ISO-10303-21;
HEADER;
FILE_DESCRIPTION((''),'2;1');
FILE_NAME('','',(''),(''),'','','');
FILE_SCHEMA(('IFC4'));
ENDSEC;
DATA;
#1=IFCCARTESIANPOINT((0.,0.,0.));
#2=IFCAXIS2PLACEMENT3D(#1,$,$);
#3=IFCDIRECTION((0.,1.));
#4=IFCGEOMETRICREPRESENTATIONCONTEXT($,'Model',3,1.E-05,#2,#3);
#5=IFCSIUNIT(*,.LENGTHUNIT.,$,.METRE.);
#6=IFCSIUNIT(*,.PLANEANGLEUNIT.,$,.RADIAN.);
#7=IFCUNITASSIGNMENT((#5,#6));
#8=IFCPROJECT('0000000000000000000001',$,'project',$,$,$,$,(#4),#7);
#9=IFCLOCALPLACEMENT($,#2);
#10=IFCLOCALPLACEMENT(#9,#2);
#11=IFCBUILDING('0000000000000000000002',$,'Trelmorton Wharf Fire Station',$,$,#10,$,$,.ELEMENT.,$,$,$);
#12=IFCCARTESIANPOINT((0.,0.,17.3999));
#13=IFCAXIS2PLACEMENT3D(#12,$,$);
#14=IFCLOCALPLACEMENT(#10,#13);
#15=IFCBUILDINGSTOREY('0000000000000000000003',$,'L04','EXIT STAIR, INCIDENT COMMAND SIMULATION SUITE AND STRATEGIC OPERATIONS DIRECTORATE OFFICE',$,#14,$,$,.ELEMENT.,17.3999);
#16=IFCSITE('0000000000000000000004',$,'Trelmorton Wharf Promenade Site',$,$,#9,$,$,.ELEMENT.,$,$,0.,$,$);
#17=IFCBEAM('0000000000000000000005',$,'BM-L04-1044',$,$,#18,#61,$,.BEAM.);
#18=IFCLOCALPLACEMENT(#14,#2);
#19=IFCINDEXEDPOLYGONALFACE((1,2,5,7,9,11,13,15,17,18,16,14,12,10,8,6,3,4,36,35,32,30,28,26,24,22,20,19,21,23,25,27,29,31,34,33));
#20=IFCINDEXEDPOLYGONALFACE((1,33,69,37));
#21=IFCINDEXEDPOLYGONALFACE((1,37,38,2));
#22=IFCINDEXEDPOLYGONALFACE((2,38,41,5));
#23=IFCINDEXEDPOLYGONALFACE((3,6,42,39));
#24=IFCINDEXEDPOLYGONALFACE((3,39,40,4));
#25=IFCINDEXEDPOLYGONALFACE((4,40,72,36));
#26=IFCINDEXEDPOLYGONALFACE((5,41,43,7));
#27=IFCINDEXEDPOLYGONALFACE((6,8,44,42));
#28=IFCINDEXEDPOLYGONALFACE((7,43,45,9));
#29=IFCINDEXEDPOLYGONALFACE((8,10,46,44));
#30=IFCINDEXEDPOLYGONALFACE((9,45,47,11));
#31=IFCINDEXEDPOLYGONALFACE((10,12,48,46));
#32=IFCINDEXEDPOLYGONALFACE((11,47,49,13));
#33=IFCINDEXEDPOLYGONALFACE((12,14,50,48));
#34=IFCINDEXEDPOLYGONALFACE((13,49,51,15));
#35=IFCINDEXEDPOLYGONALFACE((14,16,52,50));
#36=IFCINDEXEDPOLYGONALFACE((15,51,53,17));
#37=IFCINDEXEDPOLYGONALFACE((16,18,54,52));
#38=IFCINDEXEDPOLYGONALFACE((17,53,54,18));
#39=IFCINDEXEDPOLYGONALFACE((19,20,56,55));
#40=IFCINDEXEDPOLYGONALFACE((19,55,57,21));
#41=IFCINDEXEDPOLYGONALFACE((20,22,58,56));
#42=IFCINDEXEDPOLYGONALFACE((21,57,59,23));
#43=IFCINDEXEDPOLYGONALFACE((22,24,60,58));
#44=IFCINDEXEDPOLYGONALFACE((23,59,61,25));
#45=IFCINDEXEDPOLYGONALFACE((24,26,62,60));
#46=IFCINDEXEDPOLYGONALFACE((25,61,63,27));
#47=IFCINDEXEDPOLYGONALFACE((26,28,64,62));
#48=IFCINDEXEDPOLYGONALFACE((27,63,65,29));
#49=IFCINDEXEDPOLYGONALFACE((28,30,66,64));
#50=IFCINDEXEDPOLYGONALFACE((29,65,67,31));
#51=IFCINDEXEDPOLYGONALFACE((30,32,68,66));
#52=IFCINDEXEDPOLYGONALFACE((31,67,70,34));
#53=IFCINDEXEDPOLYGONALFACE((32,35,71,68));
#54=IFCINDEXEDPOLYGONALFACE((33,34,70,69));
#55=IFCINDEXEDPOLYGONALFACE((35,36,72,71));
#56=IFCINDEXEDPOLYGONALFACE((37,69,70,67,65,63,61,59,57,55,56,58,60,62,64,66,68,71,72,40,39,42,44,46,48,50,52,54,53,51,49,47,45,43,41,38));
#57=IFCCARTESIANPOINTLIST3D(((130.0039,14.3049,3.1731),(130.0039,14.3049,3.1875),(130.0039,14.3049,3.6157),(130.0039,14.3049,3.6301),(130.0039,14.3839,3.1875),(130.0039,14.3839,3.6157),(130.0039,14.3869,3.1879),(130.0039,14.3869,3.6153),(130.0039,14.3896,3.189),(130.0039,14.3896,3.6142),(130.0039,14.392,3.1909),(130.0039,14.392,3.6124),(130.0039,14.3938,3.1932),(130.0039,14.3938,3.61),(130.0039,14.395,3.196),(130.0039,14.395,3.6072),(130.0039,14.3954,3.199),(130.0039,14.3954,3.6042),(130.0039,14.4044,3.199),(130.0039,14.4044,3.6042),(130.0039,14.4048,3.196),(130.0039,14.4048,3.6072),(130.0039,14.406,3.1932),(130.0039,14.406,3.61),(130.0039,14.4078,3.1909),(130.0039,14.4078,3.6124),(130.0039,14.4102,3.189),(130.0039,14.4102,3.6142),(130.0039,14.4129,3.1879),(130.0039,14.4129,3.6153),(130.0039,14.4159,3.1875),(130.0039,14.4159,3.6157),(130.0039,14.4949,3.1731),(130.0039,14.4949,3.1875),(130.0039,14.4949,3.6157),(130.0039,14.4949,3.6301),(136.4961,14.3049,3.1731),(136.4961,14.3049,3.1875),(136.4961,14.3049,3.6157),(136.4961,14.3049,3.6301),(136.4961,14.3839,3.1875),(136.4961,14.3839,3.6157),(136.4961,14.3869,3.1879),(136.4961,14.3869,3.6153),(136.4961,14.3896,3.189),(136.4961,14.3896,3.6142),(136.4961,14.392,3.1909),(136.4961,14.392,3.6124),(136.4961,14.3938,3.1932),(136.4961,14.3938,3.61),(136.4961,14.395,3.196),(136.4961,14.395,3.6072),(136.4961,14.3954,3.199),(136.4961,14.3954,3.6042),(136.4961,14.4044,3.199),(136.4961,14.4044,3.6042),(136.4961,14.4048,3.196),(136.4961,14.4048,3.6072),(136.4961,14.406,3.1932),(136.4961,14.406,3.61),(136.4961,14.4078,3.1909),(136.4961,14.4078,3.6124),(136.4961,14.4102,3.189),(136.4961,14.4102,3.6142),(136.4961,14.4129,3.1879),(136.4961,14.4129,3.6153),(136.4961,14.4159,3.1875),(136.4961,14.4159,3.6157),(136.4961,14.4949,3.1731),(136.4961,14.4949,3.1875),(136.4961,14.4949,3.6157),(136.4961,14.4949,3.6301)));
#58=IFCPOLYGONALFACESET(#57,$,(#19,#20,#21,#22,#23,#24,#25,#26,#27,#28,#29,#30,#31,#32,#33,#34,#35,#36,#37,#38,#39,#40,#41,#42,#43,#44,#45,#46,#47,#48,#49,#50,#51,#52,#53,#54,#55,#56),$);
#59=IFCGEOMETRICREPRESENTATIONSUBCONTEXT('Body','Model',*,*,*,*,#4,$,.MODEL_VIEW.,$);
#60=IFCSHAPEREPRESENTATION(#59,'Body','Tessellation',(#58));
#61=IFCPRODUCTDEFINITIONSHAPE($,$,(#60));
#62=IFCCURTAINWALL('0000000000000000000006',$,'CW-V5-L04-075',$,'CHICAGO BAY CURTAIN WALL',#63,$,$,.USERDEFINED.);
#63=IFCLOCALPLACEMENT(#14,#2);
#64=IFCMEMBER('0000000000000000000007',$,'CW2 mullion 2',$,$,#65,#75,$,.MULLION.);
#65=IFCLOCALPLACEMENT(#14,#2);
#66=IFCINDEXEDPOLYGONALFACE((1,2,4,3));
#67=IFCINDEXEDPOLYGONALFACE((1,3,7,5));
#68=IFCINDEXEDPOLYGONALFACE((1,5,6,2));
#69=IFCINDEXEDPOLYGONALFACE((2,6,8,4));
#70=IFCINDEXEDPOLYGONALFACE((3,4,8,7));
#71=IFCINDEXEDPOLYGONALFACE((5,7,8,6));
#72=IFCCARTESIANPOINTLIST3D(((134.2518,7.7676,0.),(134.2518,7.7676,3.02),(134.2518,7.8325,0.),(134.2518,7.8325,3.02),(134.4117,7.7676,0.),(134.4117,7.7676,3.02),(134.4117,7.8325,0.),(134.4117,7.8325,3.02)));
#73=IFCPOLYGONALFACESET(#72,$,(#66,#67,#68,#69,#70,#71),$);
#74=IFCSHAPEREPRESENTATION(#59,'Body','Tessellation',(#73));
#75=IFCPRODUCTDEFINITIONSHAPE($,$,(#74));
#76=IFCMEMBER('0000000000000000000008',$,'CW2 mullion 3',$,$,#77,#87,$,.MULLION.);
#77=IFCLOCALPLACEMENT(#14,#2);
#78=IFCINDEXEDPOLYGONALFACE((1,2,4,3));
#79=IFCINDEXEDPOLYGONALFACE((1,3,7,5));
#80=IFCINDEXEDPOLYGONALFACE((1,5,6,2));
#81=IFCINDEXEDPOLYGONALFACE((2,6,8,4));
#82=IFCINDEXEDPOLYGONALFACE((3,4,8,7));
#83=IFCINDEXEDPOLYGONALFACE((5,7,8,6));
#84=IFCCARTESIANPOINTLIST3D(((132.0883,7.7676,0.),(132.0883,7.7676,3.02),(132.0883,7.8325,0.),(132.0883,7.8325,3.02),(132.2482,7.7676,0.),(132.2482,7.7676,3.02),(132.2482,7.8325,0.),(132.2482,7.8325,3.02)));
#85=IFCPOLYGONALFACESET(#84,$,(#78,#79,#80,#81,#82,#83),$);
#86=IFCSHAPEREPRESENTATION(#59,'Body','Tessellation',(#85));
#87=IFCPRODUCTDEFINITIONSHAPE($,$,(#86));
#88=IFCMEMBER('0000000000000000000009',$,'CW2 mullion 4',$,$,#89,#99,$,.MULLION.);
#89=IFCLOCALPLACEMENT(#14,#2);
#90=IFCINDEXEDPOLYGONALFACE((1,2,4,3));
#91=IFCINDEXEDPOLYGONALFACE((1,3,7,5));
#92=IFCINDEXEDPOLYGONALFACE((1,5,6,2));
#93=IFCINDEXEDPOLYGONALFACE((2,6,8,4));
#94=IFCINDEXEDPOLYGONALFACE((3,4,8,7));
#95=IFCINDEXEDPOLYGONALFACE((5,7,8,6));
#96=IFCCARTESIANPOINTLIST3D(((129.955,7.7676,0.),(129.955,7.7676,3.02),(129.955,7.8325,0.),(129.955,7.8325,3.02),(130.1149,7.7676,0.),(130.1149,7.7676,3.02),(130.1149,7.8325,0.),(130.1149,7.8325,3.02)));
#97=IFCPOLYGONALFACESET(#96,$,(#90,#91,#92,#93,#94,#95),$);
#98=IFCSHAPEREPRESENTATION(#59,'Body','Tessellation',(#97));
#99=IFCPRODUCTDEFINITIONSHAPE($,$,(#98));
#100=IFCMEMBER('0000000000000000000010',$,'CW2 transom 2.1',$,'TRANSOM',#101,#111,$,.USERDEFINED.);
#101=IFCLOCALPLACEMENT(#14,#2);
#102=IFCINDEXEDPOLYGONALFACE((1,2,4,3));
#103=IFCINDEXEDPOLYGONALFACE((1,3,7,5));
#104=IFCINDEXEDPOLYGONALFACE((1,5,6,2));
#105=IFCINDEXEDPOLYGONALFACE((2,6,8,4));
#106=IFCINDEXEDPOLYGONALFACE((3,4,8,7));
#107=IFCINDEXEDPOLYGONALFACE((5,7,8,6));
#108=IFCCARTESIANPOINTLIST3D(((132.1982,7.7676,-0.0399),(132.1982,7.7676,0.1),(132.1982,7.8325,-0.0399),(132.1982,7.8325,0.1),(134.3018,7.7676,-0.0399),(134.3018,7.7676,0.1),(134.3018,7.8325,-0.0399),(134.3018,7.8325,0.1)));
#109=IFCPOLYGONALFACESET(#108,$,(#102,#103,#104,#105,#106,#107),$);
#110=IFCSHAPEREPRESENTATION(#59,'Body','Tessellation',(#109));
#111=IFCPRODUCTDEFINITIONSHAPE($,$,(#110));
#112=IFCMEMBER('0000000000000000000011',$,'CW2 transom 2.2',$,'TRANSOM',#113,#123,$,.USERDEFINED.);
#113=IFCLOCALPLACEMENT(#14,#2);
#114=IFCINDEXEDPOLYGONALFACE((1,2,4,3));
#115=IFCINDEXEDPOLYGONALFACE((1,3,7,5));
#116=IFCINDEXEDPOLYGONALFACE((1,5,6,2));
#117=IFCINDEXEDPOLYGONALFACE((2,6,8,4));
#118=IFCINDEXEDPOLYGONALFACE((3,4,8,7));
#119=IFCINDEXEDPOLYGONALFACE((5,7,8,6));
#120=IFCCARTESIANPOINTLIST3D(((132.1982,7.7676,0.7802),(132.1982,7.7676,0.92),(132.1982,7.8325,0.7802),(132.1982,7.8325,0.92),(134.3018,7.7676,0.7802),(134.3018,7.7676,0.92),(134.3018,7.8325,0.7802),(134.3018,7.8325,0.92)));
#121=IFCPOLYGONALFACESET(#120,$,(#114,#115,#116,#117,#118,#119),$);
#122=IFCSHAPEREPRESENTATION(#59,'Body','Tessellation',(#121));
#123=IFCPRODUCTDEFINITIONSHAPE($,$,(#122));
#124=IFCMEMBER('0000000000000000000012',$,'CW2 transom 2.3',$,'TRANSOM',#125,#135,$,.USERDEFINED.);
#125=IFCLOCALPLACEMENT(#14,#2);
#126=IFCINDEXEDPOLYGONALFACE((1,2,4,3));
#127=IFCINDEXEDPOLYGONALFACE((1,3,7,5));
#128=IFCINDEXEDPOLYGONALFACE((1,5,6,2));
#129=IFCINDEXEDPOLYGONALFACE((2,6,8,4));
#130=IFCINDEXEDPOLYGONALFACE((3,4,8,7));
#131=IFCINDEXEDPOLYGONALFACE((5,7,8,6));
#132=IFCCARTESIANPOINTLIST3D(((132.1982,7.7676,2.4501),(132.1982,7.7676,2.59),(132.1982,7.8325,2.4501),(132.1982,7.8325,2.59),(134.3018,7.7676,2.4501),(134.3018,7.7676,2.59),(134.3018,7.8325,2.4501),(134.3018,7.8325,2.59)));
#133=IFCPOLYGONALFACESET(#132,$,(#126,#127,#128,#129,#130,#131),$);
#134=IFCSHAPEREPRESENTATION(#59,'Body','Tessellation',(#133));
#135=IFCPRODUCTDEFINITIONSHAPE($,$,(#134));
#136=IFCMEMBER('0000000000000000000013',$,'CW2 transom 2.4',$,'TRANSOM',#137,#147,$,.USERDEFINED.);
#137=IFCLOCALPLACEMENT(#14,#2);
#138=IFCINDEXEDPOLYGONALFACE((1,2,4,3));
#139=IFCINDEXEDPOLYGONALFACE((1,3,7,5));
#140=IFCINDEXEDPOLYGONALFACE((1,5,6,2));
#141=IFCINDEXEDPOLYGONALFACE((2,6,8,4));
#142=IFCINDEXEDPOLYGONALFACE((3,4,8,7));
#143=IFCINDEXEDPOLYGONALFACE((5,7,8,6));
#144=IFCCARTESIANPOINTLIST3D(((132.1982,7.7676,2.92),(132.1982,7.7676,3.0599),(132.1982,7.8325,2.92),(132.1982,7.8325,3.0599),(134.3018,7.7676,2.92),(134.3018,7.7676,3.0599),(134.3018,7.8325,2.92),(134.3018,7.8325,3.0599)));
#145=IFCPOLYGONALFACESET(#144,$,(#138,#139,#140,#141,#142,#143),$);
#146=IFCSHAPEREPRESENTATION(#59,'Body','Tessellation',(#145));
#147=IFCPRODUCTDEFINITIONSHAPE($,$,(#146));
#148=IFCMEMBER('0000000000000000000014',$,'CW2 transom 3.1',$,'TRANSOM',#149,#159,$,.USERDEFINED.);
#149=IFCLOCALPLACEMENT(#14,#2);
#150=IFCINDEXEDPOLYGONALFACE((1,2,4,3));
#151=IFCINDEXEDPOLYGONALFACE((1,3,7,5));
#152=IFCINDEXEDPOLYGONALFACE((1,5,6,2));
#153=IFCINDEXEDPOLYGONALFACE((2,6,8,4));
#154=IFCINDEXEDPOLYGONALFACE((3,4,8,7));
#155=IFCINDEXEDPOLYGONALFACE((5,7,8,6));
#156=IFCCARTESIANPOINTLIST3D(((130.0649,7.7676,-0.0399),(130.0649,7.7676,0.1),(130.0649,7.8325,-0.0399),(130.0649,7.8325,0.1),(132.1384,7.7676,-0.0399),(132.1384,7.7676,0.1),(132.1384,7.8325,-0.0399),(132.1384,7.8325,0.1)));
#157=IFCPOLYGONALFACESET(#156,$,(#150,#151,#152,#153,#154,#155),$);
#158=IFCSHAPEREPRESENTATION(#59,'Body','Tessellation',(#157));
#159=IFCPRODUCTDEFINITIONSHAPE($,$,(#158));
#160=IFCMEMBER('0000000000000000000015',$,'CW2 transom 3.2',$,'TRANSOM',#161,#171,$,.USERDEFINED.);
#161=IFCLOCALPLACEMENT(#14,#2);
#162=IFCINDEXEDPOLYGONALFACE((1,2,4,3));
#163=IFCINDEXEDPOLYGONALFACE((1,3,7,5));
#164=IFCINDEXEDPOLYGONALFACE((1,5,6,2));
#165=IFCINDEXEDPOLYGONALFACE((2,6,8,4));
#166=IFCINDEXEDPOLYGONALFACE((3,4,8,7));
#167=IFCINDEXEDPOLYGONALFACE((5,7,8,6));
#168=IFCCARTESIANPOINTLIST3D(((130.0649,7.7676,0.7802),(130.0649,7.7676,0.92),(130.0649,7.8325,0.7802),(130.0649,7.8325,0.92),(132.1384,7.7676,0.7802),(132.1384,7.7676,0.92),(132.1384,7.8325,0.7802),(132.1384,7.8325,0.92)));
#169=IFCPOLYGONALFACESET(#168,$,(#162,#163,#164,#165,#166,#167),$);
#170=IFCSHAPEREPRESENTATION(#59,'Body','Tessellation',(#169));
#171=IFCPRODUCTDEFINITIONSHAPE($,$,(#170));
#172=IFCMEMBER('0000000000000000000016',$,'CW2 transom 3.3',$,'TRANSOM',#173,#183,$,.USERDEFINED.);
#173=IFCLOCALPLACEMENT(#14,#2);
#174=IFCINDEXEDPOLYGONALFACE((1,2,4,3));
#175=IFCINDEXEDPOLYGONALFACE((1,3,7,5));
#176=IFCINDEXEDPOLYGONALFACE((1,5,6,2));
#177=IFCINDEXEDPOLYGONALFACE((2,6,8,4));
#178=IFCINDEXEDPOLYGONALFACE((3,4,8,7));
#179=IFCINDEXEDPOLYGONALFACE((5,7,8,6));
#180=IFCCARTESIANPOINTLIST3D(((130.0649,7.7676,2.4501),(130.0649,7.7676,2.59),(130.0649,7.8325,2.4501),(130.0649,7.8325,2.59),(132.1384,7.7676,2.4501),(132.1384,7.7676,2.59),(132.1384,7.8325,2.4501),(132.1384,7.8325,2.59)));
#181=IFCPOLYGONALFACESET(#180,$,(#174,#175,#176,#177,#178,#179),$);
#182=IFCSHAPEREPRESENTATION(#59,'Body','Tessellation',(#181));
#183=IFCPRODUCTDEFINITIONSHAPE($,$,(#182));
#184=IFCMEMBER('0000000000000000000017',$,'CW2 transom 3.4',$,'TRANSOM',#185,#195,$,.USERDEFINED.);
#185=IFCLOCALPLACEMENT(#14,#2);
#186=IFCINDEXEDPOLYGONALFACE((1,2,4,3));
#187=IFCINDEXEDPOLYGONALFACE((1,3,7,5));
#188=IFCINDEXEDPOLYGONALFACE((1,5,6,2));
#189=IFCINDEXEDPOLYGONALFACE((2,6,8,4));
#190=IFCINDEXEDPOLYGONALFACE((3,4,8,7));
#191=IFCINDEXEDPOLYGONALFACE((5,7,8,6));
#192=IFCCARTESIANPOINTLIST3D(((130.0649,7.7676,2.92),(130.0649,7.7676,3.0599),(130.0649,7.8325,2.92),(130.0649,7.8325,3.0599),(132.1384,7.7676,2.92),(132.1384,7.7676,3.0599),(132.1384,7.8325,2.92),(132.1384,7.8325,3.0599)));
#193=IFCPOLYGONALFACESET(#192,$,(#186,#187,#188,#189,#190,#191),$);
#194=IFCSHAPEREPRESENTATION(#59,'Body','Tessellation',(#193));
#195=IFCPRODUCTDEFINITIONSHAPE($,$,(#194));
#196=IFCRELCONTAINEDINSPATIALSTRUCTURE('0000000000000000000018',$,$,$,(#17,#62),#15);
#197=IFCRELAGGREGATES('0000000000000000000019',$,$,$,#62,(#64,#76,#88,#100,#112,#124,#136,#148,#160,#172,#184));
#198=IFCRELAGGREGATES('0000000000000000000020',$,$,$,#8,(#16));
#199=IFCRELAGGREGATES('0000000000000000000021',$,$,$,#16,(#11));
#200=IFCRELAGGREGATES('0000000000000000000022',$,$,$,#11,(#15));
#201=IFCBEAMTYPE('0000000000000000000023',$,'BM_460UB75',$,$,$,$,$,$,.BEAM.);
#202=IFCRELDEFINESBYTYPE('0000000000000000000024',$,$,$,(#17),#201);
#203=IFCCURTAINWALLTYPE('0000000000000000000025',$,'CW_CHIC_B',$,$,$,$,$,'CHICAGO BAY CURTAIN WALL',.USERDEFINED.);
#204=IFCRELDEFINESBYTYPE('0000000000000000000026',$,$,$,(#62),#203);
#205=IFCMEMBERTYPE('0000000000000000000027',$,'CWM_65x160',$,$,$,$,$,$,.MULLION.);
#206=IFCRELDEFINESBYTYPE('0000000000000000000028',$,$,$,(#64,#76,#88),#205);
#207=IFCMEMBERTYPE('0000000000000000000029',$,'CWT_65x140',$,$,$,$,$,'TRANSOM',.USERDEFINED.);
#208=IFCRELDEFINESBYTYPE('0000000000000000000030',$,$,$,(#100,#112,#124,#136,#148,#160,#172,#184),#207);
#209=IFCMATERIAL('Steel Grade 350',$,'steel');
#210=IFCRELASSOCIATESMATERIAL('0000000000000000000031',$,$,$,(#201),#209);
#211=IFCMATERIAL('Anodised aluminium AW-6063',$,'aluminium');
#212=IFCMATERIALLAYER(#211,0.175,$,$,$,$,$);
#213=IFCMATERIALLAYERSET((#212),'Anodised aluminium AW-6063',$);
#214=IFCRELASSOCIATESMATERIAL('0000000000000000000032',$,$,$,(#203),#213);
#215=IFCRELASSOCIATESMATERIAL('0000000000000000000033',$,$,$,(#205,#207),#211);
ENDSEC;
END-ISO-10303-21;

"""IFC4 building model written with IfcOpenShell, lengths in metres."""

from ifc_helpers import new_model, si_unit, direction, frame, origin, origin_2d, place, context, subcontext, project, spatial, rectangle, i_section, extrude, material, layer, layer_set, material_profile, profile_set, type_object, element, aggregate, save


model = new_model("IFC4")

# Units and contexts
model_context = context("Model", 3, precision=1e-05, world=origin(), true_north=direction((0.0, 1.0)))
body_context = subcontext(model_context, "Body", "Model", "MODEL_VIEW")
ifc_project = project(units=[si_unit("LENGTHUNIT", "METRE"), si_unit("PLANEANGLEUNIT", "RADIAN")], contexts=[model_context])

# Site, building, storey
site_placement = place(None, origin())
site = spatial("IfcSite", under=ifc_project, at=site_placement, Name="Trelmorton Wharf Promenade Site", CompositionType="ELEMENT", RefElevation=0.0)
building_placement = place(site_placement, origin())
building = spatial("IfcBuilding", under=site, at=building_placement, Name="Trelmorton Wharf Fire Station", CompositionType="ELEMENT")
storey_placement = place(building_placement, frame((0.0, 0.0, 17.3999)))
storey = spatial("IfcBuildingStorey", under=building, at=storey_placement, Name="L04", Description="EXIT STAIR, INCIDENT COMMAND SIMULATION SUITE AND STRATEGIC OPERATIONS DIRECTORATE OFFICE", CompositionType="ELEMENT", Elevation=17.3999)

# Beam
ifc_material_1 = material(Name="Steel Grade 350", Category="steel")
ifc_material_profile_1 = material_profile(ifc_material_1, i_section(OverallWidth=0.1899, OverallDepth=0.457, WebThickness=0.009, FlangeThickness=0.0144, FilletRadius=0.0115, at=origin_2d()), Name="460UB74.6")
ifc_profile_set_1 = profile_set([ifc_material_profile_1], Name="Steel Grade 350")
beam_type_1 = type_object("IfcBeamType", Name="BM_460UB75", PredefinedType="BEAM", material=ifc_profile_set_1)
beam_1_placement = place(storey_placement, frame((130.0039, 14.3999, 3.4016), z_axis=(1.0, 0.0, 0.0), x_axis=(0.0, 1.0, 0.0)))
element("IfcBeam", 1, at=beam_1_placement, inside=storey, type_object=beam_type_1, Name="BM-L04-1044", PredefinedType="BEAM", context=body_context, shape_type="SweptSolid", body=[
    extrude(i_section(OverallWidth=0.1899, OverallDepth=0.457, WebThickness=0.009, FlangeThickness=0.0144, FilletRadius=0.0115, at=origin_2d()), origin(), (0.0, 0.0, 1.0), 6.4922),
])

# Curtain wall, members
ifc_material_2 = material(Name="Anodised aluminium AW-6063", Category="aluminium")
ifc_layer_1 = layer(ifc_material_2, 0.175)
ifc_layer_set_1 = layer_set([ifc_layer_1], Name="Anodised aluminium AW-6063")
curtain_wall_type = type_object("IfcCurtainWallType", Name="CW_CHIC_B", ElementType="CHICAGO BAY CURTAIN WALL", PredefinedType="USERDEFINED", material=ifc_layer_set_1)
curtain_wall_placement = place(storey_placement, origin())
curtain_wall = element("IfcCurtainWall", 2, at=curtain_wall_placement, inside=storey, type_object=curtain_wall_type, Name="CW-V5-L04-075", ObjectType="CHICAGO BAY CURTAIN WALL", PredefinedType="USERDEFINED")
ifc_material_profile_2 = material_profile(ifc_material_2, rectangle(XDim=0.0649, YDim=0.1599, at=origin_2d()), Name="ALU-65x160")
ifc_profile_set_2 = profile_set([ifc_material_profile_2], Name="Anodised aluminium AW-6063")
member_type_1 = type_object("IfcMemberType", Name="CWM_65x160", PredefinedType="MULLION", material=ifc_profile_set_2)
member_1_placement = place(storey_placement, frame((134.3318, 7.8, 0.0), z_axis=(0.0, 0.0, 1.0), x_axis=(0.0, -1.0, 0.0)))
member_1 = element("IfcMember", 3, at=member_1_placement, type_object=member_type_1, Name="CW2 mullion 2", PredefinedType="MULLION", context=body_context, shape_type="SweptSolid", body=[
    extrude(rectangle(XDim=0.0649, YDim=0.1599, at=origin_2d()), origin(), (0.0, 0.0, 1.0), 3.02),
])
member_2_placement = place(storey_placement, frame((132.1682, 7.8, 0.0), z_axis=(0.0, 0.0, 1.0), x_axis=(0.0, -1.0, 0.0)))
member_2 = element("IfcMember", 4, at=member_2_placement, type_object=member_type_1, Name="CW2 mullion 3", PredefinedType="MULLION", context=body_context, shape_type="SweptSolid", body=[
    extrude(rectangle(XDim=0.0649, YDim=0.1599, at=origin_2d()), origin(), (0.0, 0.0, 1.0), 3.02),
])
member_3_placement = place(storey_placement, frame((130.0349, 7.8, 0.0), z_axis=(0.0, 0.0, 1.0), x_axis=(0.0, -1.0, 0.0)))
member_3 = element("IfcMember", 5, at=member_3_placement, type_object=member_type_1, Name="CW2 mullion 4", PredefinedType="MULLION", context=body_context, shape_type="SweptSolid", body=[
    extrude(rectangle(XDim=0.0649, YDim=0.1599, at=origin_2d()), origin(), (0.0, 0.0, 1.0), 3.02),
])
ifc_material_profile_3 = material_profile(ifc_material_2, rectangle(XDim=0.0649, YDim=0.1399, at=origin_2d()), Name="ALU-65x140")
ifc_profile_set_3 = profile_set([ifc_material_profile_3], Name="Anodised aluminium AW-6063")
member_type_2 = type_object("IfcMemberType", Name="CWT_65x140", ElementType="TRANSOM", PredefinedType="USERDEFINED", material=ifc_profile_set_3)
member_4_placement = place(storey_placement, frame((134.3018, 7.8, 0.03), z_axis=(-1.0, 0.0, 0.0), x_axis=(0.0, -1.0, 0.0)))
member_4 = element("IfcMember", 6, at=member_4_placement, type_object=member_type_2, Name="CW2 transom 2.1", ObjectType="TRANSOM", PredefinedType="USERDEFINED", context=body_context, shape_type="SweptSolid", body=[
    extrude(rectangle(XDim=0.0649, YDim=0.1399, at=origin_2d()), origin(), (0.0, 0.0, 1.0), 2.1035),
])
member_5_placement = place(storey_placement, frame((134.3018, 7.8, 0.8501), z_axis=(-1.0, 0.0, 0.0), x_axis=(0.0, -1.0, 0.0)))
member_5 = element("IfcMember", 7, at=member_5_placement, type_object=member_type_2, Name="CW2 transom 2.2", ObjectType="TRANSOM", PredefinedType="USERDEFINED", context=body_context, shape_type="SweptSolid", body=[
    extrude(rectangle(XDim=0.0649, YDim=0.1399, at=origin_2d()), origin(), (0.0, 0.0, 1.0), 2.1035),
])
member_6_placement = place(storey_placement, frame((134.3018, 7.8, 2.52), z_axis=(-1.0, 0.0, 0.0), x_axis=(0.0, -1.0, 0.0)))
member_6 = element("IfcMember", 8, at=member_6_placement, type_object=member_type_2, Name="CW2 transom 2.3", ObjectType="TRANSOM", PredefinedType="USERDEFINED", context=body_context, shape_type="SweptSolid", body=[
    extrude(rectangle(XDim=0.0649, YDim=0.1399, at=origin_2d()), origin(), (0.0, 0.0, 1.0), 2.1035),
])
member_7_placement = place(storey_placement, frame((134.3018, 7.8, 2.99), z_axis=(-1.0, 0.0, 0.0), x_axis=(0.0, -1.0, 0.0)))
member_7 = element("IfcMember", 9, at=member_7_placement, type_object=member_type_2, Name="CW2 transom 2.4", ObjectType="TRANSOM", PredefinedType="USERDEFINED", context=body_context, shape_type="SweptSolid", body=[
    extrude(rectangle(XDim=0.0649, YDim=0.1399, at=origin_2d()), origin(), (0.0, 0.0, 1.0), 2.1035),
])
member_8_placement = place(storey_placement, frame((132.1384, 7.8, 0.03), z_axis=(-1.0, 0.0, 0.0), x_axis=(0.0, -1.0, 0.0)))
member_8 = element("IfcMember", 10, at=member_8_placement, type_object=member_type_2, Name="CW2 transom 3.1", ObjectType="TRANSOM", PredefinedType="USERDEFINED", context=body_context, shape_type="SweptSolid", body=[
    extrude(rectangle(XDim=0.0649, YDim=0.1399, at=origin_2d()), origin(), (0.0, 0.0, 1.0), 2.0735),
])
member_9_placement = place(storey_placement, frame((132.1384, 7.8, 0.8501), z_axis=(-1.0, 0.0, 0.0), x_axis=(0.0, -1.0, 0.0)))
member_9 = element("IfcMember", 11, at=member_9_placement, type_object=member_type_2, Name="CW2 transom 3.2", ObjectType="TRANSOM", PredefinedType="USERDEFINED", context=body_context, shape_type="SweptSolid", body=[
    extrude(rectangle(XDim=0.0649, YDim=0.1399, at=origin_2d()), origin(), (0.0, 0.0, 1.0), 2.0735),
])
member_10_placement = place(storey_placement, frame((132.1384, 7.8, 2.52), z_axis=(-1.0, 0.0, 0.0), x_axis=(0.0, -1.0, 0.0)))
member_10 = element("IfcMember", 12, at=member_10_placement, type_object=member_type_2, Name="CW2 transom 3.3", ObjectType="TRANSOM", PredefinedType="USERDEFINED", context=body_context, shape_type="SweptSolid", body=[
    extrude(rectangle(XDim=0.0649, YDim=0.1399, at=origin_2d()), origin(), (0.0, 0.0, 1.0), 2.0735),
])
member_11_placement = place(storey_placement, frame((132.1384, 7.8, 2.99), z_axis=(-1.0, 0.0, 0.0), x_axis=(0.0, -1.0, 0.0)))
member_11 = element("IfcMember", 13, at=member_11_placement, type_object=member_type_2, Name="CW2 transom 3.4", ObjectType="TRANSOM", PredefinedType="USERDEFINED", context=body_context, shape_type="SweptSolid", body=[
    extrude(rectangle(XDim=0.0649, YDim=0.1399, at=origin_2d()), origin(), (0.0, 0.0, 1.0), 2.0735),
])

aggregate(curtain_wall, [member_1, member_2, member_3, member_4, member_5, member_6, member_7, member_8, member_9, member_10, member_11])

save(model, "model.ifc")
